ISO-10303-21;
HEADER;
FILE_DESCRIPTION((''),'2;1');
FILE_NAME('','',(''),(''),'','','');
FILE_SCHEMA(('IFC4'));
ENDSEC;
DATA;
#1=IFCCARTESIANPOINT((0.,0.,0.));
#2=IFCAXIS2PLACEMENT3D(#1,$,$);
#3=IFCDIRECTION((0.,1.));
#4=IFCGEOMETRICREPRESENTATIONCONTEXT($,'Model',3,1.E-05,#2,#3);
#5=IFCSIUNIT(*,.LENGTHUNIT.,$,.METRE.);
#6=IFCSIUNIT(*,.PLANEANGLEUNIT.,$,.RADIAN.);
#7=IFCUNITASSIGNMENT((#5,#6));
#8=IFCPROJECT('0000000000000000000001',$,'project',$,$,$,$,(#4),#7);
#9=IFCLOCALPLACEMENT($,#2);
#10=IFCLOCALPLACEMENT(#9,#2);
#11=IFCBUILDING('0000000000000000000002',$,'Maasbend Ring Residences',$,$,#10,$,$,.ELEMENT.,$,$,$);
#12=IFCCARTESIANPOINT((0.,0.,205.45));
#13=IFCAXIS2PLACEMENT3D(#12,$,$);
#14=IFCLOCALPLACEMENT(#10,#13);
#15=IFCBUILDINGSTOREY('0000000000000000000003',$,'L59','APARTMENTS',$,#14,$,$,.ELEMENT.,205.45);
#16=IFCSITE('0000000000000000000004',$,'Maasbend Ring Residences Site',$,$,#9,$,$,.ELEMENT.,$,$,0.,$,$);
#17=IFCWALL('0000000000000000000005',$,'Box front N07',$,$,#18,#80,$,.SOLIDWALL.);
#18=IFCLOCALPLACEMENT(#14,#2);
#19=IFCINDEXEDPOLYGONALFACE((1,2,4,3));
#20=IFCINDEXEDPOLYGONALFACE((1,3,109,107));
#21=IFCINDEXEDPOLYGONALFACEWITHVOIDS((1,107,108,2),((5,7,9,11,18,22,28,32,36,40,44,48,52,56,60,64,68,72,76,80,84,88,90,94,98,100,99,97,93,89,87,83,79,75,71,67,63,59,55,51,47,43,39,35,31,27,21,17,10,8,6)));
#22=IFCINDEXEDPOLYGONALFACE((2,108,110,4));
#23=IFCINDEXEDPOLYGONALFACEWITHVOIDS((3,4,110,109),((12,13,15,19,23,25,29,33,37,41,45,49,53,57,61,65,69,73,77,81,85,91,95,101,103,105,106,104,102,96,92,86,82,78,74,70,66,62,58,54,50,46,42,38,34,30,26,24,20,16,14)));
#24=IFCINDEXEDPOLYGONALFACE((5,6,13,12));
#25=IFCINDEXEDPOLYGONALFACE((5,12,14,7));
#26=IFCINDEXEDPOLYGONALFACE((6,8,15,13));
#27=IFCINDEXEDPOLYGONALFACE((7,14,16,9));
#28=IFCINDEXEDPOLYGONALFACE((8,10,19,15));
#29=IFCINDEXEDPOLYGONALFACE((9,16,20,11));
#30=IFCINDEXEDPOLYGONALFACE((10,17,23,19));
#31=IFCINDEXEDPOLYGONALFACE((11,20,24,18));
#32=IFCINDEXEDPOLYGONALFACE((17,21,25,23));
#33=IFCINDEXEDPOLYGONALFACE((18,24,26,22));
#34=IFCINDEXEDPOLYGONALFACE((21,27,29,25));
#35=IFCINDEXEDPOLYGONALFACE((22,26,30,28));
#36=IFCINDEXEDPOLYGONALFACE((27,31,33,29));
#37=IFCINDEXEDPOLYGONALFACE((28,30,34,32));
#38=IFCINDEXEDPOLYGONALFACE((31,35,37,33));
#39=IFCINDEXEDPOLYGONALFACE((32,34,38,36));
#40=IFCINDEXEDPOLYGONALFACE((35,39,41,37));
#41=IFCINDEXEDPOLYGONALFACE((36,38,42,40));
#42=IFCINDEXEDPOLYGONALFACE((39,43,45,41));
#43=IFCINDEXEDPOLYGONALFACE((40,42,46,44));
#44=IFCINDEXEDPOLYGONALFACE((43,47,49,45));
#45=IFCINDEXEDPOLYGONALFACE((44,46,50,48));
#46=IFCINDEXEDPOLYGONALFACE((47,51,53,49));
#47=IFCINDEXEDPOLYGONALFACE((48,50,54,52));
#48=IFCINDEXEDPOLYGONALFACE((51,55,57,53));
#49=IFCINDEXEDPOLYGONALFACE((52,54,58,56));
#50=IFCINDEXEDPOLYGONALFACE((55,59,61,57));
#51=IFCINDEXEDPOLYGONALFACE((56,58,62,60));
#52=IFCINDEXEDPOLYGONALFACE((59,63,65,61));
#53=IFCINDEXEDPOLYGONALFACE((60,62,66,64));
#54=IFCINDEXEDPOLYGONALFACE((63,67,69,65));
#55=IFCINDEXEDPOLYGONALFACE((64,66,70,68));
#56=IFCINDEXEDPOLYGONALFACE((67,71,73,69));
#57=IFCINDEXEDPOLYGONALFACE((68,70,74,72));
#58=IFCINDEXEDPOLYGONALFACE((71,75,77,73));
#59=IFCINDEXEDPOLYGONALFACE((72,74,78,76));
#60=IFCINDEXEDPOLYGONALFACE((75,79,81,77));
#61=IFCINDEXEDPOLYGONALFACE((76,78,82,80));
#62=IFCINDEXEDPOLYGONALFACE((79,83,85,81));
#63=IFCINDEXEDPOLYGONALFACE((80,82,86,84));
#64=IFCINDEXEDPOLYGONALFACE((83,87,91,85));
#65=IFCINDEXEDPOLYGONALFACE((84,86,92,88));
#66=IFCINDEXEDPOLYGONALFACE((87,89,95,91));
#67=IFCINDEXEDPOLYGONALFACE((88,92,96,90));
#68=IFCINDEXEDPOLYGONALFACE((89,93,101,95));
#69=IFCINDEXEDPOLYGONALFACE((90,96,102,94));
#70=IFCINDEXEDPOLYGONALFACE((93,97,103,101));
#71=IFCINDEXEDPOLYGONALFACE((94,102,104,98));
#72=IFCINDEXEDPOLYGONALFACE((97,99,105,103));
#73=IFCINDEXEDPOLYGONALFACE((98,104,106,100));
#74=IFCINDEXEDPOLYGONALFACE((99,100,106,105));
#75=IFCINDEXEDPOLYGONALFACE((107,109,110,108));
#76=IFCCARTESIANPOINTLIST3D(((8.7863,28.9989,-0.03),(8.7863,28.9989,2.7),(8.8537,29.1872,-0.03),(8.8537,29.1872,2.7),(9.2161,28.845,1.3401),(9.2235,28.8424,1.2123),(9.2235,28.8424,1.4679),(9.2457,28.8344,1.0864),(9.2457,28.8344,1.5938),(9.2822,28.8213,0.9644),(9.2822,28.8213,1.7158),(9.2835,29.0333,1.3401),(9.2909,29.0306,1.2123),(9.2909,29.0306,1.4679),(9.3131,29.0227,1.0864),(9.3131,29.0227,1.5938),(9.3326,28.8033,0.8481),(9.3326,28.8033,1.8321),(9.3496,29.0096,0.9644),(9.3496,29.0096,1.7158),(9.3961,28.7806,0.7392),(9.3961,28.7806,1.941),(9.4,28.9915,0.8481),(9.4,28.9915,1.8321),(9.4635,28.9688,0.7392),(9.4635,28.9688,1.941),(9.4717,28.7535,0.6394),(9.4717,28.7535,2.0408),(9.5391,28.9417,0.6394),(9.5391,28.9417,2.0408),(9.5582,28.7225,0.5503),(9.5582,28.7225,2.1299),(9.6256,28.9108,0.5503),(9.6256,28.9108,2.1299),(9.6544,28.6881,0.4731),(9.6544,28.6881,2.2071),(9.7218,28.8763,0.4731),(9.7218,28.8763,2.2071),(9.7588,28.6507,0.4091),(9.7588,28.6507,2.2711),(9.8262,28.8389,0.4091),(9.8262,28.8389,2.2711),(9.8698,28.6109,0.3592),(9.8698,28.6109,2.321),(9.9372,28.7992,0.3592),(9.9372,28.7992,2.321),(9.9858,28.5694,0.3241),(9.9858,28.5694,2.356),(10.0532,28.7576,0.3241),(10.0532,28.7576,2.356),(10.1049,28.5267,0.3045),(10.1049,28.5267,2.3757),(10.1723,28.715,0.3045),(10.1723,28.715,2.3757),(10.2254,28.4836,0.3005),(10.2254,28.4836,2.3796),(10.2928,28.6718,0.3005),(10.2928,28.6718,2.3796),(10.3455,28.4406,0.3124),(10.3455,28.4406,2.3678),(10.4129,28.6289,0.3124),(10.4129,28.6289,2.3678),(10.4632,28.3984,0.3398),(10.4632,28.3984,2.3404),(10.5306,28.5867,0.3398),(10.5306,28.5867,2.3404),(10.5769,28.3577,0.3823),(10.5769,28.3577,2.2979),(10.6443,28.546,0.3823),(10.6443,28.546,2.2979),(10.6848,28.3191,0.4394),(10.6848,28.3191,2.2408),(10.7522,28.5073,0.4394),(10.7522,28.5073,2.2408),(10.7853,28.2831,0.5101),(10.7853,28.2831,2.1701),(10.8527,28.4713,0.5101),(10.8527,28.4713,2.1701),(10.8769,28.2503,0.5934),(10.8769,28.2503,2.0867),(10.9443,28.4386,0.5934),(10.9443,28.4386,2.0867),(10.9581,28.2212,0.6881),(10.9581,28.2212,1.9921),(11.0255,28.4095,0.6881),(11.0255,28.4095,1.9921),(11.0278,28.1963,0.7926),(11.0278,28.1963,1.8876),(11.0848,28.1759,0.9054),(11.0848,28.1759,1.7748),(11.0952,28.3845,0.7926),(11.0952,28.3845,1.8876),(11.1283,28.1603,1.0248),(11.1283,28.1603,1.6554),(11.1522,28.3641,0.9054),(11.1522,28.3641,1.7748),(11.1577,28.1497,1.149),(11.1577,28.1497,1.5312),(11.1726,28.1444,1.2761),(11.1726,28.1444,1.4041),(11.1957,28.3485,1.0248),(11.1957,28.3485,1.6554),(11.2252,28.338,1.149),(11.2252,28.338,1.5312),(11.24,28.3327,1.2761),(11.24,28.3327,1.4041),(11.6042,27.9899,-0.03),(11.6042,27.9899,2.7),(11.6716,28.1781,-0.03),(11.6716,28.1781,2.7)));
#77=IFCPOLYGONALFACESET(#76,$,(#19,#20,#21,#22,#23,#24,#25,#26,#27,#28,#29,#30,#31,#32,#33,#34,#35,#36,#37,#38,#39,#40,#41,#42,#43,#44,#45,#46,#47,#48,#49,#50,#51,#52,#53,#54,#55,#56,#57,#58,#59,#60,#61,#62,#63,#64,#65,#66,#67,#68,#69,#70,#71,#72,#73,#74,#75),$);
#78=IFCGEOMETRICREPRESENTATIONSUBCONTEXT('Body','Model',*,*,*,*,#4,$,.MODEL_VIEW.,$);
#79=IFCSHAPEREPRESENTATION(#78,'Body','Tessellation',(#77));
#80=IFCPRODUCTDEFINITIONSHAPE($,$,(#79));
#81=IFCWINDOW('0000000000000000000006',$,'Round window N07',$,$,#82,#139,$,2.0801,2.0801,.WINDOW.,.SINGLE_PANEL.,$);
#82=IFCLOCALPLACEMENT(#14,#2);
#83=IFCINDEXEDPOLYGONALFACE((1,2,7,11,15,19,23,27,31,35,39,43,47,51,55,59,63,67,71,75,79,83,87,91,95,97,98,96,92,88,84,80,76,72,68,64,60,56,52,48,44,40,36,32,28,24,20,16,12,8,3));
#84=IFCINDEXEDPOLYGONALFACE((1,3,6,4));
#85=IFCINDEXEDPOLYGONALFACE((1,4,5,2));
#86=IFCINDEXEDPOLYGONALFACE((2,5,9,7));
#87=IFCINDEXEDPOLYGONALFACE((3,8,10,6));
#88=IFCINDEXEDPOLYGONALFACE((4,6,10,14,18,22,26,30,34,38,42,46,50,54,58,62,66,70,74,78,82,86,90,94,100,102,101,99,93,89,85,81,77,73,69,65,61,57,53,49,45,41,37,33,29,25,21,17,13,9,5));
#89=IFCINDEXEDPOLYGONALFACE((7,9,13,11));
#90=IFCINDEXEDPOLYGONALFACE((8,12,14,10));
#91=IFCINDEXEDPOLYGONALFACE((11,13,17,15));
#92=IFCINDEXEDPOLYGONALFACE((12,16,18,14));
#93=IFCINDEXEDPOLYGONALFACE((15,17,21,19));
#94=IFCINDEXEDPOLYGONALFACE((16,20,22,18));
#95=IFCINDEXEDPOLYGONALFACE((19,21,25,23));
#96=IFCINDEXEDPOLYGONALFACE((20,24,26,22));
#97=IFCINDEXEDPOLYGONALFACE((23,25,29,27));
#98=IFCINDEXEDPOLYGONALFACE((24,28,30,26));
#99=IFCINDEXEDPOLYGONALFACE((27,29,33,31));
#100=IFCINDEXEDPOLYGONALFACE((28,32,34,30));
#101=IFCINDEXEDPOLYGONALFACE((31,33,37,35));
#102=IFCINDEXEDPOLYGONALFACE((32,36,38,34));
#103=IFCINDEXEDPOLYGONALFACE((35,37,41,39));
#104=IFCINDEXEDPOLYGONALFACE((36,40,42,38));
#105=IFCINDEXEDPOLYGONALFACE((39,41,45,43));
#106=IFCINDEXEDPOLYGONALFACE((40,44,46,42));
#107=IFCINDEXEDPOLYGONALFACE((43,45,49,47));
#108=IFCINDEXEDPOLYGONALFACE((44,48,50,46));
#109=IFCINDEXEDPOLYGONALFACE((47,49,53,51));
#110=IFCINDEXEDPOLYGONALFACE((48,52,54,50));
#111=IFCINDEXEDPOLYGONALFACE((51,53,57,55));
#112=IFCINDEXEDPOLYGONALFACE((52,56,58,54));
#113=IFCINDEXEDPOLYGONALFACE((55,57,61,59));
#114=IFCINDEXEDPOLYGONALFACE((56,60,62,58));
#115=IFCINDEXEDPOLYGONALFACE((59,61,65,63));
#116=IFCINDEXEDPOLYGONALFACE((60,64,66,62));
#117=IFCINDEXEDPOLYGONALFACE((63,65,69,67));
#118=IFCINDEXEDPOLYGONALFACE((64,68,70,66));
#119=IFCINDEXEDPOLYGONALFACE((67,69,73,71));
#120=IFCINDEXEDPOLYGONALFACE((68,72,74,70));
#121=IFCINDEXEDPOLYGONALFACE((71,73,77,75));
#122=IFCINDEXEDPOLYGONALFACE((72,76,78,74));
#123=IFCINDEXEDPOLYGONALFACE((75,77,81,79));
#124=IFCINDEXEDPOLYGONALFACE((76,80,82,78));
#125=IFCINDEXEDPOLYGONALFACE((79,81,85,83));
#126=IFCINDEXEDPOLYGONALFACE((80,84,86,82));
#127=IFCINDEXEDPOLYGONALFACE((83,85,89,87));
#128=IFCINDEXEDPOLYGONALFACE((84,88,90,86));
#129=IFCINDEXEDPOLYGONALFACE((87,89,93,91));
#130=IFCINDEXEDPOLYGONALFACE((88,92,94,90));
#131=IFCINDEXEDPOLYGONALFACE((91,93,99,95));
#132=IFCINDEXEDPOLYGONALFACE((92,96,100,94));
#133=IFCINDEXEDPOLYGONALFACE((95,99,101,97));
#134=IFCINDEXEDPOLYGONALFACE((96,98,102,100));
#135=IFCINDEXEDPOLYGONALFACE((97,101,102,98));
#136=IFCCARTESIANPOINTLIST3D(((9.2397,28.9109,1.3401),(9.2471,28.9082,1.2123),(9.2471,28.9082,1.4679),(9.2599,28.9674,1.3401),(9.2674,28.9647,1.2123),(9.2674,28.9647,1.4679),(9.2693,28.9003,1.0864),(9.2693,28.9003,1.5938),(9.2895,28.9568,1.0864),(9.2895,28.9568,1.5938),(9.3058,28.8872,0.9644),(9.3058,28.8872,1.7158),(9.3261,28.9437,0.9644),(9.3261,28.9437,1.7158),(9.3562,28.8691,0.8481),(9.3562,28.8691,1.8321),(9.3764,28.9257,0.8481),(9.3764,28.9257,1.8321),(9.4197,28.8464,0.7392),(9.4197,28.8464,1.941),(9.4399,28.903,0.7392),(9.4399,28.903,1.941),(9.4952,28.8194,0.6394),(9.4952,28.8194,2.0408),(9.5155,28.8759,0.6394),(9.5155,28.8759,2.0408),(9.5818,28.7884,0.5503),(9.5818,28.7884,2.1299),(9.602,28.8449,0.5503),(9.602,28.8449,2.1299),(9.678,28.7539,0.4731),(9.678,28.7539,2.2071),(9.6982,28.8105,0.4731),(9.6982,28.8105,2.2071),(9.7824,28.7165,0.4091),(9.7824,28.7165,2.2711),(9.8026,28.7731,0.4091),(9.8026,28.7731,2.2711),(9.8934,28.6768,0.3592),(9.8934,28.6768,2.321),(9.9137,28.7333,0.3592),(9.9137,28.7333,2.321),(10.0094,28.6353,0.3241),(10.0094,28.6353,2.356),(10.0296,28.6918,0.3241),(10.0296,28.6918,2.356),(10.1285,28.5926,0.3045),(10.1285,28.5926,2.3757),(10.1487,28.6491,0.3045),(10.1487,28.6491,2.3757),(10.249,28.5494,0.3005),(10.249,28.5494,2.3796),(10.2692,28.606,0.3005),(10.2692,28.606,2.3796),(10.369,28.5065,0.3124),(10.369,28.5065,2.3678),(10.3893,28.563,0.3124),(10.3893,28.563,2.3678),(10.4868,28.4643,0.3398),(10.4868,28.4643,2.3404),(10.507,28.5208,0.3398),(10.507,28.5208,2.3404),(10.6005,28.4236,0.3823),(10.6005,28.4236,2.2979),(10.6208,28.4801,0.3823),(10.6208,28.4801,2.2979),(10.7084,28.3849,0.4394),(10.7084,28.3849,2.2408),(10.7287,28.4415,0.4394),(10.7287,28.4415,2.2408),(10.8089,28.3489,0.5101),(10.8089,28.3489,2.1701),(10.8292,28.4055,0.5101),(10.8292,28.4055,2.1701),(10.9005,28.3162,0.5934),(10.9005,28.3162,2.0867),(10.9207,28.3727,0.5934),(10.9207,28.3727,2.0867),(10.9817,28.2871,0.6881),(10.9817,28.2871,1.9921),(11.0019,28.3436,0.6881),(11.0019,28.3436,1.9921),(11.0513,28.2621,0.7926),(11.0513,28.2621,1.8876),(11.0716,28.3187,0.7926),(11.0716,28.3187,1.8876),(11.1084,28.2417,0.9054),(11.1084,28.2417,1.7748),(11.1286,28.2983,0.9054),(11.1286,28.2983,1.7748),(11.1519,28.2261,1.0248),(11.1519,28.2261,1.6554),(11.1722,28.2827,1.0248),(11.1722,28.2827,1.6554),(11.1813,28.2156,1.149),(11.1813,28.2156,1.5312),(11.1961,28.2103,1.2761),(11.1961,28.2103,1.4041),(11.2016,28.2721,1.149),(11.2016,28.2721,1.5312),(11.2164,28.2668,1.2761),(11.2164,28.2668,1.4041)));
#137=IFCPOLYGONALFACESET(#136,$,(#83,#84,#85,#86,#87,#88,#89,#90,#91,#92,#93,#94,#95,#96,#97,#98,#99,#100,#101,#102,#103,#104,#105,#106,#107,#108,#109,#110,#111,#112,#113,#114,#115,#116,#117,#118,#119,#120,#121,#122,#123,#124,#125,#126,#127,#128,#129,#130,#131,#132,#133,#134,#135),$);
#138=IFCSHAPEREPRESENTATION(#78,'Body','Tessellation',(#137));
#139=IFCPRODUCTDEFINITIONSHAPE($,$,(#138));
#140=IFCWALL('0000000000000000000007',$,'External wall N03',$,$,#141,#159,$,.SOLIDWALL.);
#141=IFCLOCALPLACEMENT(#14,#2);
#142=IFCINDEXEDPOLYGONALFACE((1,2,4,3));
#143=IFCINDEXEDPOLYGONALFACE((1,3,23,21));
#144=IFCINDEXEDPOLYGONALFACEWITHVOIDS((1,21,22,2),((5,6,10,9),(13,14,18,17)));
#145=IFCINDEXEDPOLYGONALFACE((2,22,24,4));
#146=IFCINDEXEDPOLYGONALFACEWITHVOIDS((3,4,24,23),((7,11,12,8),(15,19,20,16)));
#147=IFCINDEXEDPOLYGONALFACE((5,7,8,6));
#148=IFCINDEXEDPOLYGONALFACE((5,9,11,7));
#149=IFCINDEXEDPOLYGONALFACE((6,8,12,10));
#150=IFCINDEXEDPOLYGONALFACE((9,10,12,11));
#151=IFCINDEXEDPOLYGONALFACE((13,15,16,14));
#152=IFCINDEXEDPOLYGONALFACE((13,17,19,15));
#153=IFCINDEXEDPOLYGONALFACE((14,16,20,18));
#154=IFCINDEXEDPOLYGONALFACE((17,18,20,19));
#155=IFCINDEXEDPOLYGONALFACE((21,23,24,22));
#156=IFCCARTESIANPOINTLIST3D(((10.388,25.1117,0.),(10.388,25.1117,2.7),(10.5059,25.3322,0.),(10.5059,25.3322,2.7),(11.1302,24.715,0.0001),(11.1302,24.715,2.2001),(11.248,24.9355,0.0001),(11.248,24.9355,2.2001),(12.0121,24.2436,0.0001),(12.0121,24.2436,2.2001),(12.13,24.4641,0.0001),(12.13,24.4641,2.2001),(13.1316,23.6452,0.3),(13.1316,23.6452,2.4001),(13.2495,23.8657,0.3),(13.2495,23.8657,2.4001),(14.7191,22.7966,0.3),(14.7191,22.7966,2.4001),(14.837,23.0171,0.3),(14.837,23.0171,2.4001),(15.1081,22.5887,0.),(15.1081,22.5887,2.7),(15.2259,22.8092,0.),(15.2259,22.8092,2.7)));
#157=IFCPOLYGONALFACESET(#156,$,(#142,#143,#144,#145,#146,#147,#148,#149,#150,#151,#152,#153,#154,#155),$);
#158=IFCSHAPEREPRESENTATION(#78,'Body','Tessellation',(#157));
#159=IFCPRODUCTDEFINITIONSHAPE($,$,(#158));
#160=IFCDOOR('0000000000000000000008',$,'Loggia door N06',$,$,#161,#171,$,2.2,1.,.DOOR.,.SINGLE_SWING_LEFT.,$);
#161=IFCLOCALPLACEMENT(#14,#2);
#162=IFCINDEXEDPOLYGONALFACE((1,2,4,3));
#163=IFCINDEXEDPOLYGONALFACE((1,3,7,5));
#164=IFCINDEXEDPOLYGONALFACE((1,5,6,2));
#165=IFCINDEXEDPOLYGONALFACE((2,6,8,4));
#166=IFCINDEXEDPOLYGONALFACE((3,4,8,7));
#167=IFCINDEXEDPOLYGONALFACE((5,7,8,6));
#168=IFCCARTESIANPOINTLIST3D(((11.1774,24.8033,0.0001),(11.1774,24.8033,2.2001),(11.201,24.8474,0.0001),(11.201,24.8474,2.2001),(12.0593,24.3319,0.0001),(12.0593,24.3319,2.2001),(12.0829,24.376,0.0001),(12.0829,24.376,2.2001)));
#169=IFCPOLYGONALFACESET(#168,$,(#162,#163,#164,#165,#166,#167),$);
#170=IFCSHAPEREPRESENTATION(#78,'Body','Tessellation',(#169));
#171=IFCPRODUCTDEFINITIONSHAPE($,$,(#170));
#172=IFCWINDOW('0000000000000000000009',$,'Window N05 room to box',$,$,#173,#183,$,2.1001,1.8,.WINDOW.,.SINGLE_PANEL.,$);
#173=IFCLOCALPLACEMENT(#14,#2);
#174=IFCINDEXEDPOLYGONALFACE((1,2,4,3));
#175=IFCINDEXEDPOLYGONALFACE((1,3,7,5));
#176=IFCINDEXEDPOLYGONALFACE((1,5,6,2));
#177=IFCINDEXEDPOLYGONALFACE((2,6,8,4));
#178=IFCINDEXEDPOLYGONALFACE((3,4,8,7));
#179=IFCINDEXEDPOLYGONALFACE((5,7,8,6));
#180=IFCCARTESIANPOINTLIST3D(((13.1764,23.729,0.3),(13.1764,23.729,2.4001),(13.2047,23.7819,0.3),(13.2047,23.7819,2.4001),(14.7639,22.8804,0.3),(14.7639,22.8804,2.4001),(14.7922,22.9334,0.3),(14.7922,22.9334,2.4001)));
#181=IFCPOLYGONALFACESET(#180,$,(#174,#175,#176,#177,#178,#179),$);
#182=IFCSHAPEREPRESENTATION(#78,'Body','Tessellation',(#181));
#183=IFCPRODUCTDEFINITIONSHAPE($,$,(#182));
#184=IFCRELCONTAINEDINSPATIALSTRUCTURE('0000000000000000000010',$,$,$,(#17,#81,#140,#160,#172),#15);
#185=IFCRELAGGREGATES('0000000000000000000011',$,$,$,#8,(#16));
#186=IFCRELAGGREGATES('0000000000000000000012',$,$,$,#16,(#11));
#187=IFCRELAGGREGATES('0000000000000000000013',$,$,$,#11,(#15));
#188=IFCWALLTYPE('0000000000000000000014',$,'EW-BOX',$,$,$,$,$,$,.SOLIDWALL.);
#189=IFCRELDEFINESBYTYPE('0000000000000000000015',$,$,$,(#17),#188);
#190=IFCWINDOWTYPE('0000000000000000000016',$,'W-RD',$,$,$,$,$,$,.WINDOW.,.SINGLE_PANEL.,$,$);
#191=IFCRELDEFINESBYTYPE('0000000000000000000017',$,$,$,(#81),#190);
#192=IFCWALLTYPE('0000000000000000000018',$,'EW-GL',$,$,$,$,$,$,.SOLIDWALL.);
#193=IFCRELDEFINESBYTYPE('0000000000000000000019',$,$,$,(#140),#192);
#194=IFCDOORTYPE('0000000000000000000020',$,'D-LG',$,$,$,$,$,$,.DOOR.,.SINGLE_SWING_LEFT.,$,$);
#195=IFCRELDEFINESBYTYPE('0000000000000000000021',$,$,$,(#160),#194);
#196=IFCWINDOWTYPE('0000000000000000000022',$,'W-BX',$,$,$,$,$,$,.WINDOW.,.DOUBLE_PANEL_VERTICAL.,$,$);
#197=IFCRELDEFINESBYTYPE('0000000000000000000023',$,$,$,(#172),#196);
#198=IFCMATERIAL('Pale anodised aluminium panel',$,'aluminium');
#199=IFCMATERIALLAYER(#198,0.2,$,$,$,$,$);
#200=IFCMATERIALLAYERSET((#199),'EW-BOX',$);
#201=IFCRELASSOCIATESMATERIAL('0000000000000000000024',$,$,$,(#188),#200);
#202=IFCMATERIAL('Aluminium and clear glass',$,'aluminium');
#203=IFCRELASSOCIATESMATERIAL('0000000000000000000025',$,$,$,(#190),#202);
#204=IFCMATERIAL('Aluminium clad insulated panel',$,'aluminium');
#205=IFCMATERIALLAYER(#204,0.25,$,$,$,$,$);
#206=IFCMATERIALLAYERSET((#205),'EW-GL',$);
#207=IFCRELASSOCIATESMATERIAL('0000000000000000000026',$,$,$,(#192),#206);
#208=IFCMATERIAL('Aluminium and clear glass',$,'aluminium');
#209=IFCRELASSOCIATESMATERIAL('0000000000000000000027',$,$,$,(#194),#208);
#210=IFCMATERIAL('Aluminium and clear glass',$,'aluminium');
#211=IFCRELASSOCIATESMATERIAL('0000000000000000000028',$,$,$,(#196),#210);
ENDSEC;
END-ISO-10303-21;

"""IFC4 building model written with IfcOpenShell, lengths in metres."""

from ifc_helpers import new_model, si_unit, direction, frame, frame_2d, origin, place, context, subcontext, project, spatial, rectangle, circle, extrude, material, layer, layer_set, type_object, element, fill, save


model = new_model("IFC4")

# Units and contexts
model_context = context("Model", 3, precision=1e-05, world=origin(), true_north=direction((0.0, 1.0)))
body_context = subcontext(model_context, "Body", "Model", "MODEL_VIEW")
ifc_project = project(units=[si_unit("LENGTHUNIT", "METRE"), si_unit("PLANEANGLEUNIT", "RADIAN")], contexts=[model_context])

# Site, building, storey
site_placement = place(None, origin())
site = spatial("IfcSite", under=ifc_project, at=site_placement, Name="Maasbend Ring Residences Site", CompositionType="ELEMENT", RefElevation=0.0)
building_placement = place(site_placement, origin())
building = spatial("IfcBuilding", under=site, at=building_placement, Name="Maasbend Ring Residences", CompositionType="ELEMENT")
storey_placement = place(building_placement, frame((0.0, 0.0, 205.45)))
storey = spatial("IfcBuildingStorey", under=building, at=storey_placement, Name="L59", Description="APARTMENTS", CompositionType="ELEMENT", Elevation=205.45)

# Shared definitions
ifc_material_1 = material(Name="Pale anodised aluminium panel", Category="aluminium")
ifc_layer_1 = layer(ifc_material_1, 0.2)
ifc_layer_set_1 = layer_set([ifc_layer_1], Name="EW-BOX")
wall_type_1 = type_object("IfcWallType", Name="EW-BOX", PredefinedType="SOLIDWALL", material=ifc_layer_set_1)
ifc_material_2 = material(Name="Aluminium and clear glass", Category="aluminium")
window_type_1 = type_object("IfcWindowType", Name="W-RD", PartitioningType="SINGLE_PANEL", PredefinedType="WINDOW", material=ifc_material_2)

# Wall, opening, window
wall_1_placement = place(storey_placement, frame((11.6379, 28.084, -0.03), z_axis=(0.0, 0.0, 1.0), x_axis=(-0.941461, 0.337122, 0.0)))
wall_1 = element("IfcWall", 1, at=wall_1_placement, inside=storey, type_object=wall_type_1, Name="Box front N07", PredefinedType="SOLIDWALL", context=body_context, shape_type="SweptSolid", body=[
    extrude(rectangle(XDim=2.9932, YDim=0.2, at=frame_2d((1.4966, 0.0))), origin(), (0.0, 0.0, 1.0), 2.73),
])
opening_1_placement = place(wall_1_placement, frame((0.4565, 0.0, 0.3301)))
opening_1 = element("IfcOpeningElement", 2, at=opening_1_placement, cuts=wall_1, PredefinedType="OPENING", context=body_context, shape_type="SweptSolid", body=[
    extrude(circle(Radius=1.04, at=frame_2d((1.04, 1.04))), frame((0.0, 0.1099, 0.0), z_axis=(0.0, -1.0, 0.0), x_axis=(1.0, 0.0, 0.0)), (0.0, 0.0, 1.0), 0.22),
])
window_1_placement = place(opening_1_placement, origin())
window_1 = element("IfcWindow", 3, at=window_1_placement, inside=storey, type_object=window_type_1, Name="Round window N07", OverallHeight=2.0801, OverallWidth=2.0801, PartitioningType="SINGLE_PANEL", PredefinedType="WINDOW", context=body_context, shape_type="SweptSolid", body=[
    extrude(circle(Radius=1.04, at=frame_2d((1.04, 1.04))), frame((0.0, 0.03, 0.0), z_axis=(0.0, -1.0, 0.0), x_axis=(1.0, 0.0, 0.0)), (0.0, 0.0, 1.0), 0.0601),
])
fill(opening_1, window_1)

# Wall, openings, door, window
ifc_material_3 = material(Name="Aluminium clad insulated panel", Category="aluminium")
ifc_layer_2 = layer(ifc_material_3, 0.25)
ifc_layer_set_2 = layer_set([ifc_layer_2], Name="EW-GL")
wall_type_2 = type_object("IfcWallType", Name="EW-GL", PredefinedType="SOLIDWALL", material=ifc_layer_set_2)
wall_2_placement = place(storey_placement, frame((15.167, 22.699, 0.0), z_axis=(0.0, 0.0, 1.0), x_axis=(-0.881916, 0.471407, 0.0)))
wall_2 = element("IfcWall", 4, at=wall_2_placement, inside=storey, type_object=wall_type_2, Name="External wall N03", PredefinedType="SOLIDWALL", context=body_context, shape_type="SweptSolid", body=[
    extrude(rectangle(XDim=5.3521, YDim=0.25, at=frame_2d((2.676, 0.0))), origin(), (0.0, 0.0, 1.0), 2.7),
])
opening_2_placement = place(wall_2_placement, frame((0.4412, 0.0, 0.3)))
opening_2 = element("IfcOpeningElement", 5, at=opening_2_placement, cuts=wall_2, PredefinedType="OPENING", context=body_context, shape_type="SweptSolid", body=[
    extrude(rectangle(XDim=1.8, YDim=2.1001, at=frame_2d((0.8999, 1.05))), frame((0.0, 0.135, 0.0), z_axis=(0.0, -1.0, 0.0), x_axis=(1.0, 0.0, 0.0)), (0.0, 0.0, 1.0), 0.27),
])
opening_3_placement = place(wall_2_placement, frame((3.5105, 0.0, 0.0)))
opening_3 = element("IfcOpeningElement", 6, at=opening_3_placement, cuts=wall_2, PredefinedType="OPENING", context=body_context, shape_type="SweptSolid", body=[
    extrude(rectangle(XDim=1.0, YDim=2.2, at=frame_2d((0.5, 1.1001))), frame((0.0, 0.135, 0.0), z_axis=(0.0, -1.0, 0.0), x_axis=(1.0, 0.0, 0.0)), (0.0, 0.0, 1.0), 0.27),
])
ifc_material_4 = material(Name="Aluminium and clear glass", Category="aluminium")
door_type_1 = type_object("IfcDoorType", Name="D-LG", OperationType="SINGLE_SWING_LEFT", PredefinedType="DOOR", material=ifc_material_4)
door_1_placement = place(opening_3_placement, origin())
door_1 = element("IfcDoor", 7, at=door_1_placement, inside=storey, type_object=door_type_1, Name="Loggia door N06", OperationType="SINGLE_SWING_LEFT", OverallHeight=2.2, OverallWidth=1.0, PredefinedType="DOOR", context=body_context, shape_type="SweptSolid", body=[
    extrude(rectangle(XDim=1.0, YDim=2.2, at=frame_2d((0.5, 1.1001))), frame((0.0, 0.0249, 0.0), z_axis=(0.0, -1.0, 0.0), x_axis=(1.0, 0.0, 0.0)), (0.0, 0.0, 1.0), 0.05),
])
fill(opening_3, door_1)
ifc_material_5 = material(Name="Aluminium and clear glass", Category="aluminium")
window_type_2 = type_object("IfcWindowType", Name="W-BX", PartitioningType="DOUBLE_PANEL_VERTICAL", PredefinedType="WINDOW", material=ifc_material_5)
window_2_placement = place(opening_2_placement, origin())
window_2 = element("IfcWindow", 8, at=window_2_placement, inside=storey, type_object=window_type_2, Name="Window N05 room to box", OverallHeight=2.1001, OverallWidth=1.8, PartitioningType="SINGLE_PANEL", PredefinedType="WINDOW", context=body_context, shape_type="SweptSolid", body=[
    extrude(rectangle(XDim=1.8, YDim=2.1001, at=frame_2d((0.8999, 1.05))), frame((0.0, 0.03, 0.0), z_axis=(0.0, -1.0, 0.0), x_axis=(1.0, 0.0, 0.0)), (0.0, 0.0, 1.0), 0.0601),
])
fill(opening_2, window_2)

save(model, "model.ifc")
